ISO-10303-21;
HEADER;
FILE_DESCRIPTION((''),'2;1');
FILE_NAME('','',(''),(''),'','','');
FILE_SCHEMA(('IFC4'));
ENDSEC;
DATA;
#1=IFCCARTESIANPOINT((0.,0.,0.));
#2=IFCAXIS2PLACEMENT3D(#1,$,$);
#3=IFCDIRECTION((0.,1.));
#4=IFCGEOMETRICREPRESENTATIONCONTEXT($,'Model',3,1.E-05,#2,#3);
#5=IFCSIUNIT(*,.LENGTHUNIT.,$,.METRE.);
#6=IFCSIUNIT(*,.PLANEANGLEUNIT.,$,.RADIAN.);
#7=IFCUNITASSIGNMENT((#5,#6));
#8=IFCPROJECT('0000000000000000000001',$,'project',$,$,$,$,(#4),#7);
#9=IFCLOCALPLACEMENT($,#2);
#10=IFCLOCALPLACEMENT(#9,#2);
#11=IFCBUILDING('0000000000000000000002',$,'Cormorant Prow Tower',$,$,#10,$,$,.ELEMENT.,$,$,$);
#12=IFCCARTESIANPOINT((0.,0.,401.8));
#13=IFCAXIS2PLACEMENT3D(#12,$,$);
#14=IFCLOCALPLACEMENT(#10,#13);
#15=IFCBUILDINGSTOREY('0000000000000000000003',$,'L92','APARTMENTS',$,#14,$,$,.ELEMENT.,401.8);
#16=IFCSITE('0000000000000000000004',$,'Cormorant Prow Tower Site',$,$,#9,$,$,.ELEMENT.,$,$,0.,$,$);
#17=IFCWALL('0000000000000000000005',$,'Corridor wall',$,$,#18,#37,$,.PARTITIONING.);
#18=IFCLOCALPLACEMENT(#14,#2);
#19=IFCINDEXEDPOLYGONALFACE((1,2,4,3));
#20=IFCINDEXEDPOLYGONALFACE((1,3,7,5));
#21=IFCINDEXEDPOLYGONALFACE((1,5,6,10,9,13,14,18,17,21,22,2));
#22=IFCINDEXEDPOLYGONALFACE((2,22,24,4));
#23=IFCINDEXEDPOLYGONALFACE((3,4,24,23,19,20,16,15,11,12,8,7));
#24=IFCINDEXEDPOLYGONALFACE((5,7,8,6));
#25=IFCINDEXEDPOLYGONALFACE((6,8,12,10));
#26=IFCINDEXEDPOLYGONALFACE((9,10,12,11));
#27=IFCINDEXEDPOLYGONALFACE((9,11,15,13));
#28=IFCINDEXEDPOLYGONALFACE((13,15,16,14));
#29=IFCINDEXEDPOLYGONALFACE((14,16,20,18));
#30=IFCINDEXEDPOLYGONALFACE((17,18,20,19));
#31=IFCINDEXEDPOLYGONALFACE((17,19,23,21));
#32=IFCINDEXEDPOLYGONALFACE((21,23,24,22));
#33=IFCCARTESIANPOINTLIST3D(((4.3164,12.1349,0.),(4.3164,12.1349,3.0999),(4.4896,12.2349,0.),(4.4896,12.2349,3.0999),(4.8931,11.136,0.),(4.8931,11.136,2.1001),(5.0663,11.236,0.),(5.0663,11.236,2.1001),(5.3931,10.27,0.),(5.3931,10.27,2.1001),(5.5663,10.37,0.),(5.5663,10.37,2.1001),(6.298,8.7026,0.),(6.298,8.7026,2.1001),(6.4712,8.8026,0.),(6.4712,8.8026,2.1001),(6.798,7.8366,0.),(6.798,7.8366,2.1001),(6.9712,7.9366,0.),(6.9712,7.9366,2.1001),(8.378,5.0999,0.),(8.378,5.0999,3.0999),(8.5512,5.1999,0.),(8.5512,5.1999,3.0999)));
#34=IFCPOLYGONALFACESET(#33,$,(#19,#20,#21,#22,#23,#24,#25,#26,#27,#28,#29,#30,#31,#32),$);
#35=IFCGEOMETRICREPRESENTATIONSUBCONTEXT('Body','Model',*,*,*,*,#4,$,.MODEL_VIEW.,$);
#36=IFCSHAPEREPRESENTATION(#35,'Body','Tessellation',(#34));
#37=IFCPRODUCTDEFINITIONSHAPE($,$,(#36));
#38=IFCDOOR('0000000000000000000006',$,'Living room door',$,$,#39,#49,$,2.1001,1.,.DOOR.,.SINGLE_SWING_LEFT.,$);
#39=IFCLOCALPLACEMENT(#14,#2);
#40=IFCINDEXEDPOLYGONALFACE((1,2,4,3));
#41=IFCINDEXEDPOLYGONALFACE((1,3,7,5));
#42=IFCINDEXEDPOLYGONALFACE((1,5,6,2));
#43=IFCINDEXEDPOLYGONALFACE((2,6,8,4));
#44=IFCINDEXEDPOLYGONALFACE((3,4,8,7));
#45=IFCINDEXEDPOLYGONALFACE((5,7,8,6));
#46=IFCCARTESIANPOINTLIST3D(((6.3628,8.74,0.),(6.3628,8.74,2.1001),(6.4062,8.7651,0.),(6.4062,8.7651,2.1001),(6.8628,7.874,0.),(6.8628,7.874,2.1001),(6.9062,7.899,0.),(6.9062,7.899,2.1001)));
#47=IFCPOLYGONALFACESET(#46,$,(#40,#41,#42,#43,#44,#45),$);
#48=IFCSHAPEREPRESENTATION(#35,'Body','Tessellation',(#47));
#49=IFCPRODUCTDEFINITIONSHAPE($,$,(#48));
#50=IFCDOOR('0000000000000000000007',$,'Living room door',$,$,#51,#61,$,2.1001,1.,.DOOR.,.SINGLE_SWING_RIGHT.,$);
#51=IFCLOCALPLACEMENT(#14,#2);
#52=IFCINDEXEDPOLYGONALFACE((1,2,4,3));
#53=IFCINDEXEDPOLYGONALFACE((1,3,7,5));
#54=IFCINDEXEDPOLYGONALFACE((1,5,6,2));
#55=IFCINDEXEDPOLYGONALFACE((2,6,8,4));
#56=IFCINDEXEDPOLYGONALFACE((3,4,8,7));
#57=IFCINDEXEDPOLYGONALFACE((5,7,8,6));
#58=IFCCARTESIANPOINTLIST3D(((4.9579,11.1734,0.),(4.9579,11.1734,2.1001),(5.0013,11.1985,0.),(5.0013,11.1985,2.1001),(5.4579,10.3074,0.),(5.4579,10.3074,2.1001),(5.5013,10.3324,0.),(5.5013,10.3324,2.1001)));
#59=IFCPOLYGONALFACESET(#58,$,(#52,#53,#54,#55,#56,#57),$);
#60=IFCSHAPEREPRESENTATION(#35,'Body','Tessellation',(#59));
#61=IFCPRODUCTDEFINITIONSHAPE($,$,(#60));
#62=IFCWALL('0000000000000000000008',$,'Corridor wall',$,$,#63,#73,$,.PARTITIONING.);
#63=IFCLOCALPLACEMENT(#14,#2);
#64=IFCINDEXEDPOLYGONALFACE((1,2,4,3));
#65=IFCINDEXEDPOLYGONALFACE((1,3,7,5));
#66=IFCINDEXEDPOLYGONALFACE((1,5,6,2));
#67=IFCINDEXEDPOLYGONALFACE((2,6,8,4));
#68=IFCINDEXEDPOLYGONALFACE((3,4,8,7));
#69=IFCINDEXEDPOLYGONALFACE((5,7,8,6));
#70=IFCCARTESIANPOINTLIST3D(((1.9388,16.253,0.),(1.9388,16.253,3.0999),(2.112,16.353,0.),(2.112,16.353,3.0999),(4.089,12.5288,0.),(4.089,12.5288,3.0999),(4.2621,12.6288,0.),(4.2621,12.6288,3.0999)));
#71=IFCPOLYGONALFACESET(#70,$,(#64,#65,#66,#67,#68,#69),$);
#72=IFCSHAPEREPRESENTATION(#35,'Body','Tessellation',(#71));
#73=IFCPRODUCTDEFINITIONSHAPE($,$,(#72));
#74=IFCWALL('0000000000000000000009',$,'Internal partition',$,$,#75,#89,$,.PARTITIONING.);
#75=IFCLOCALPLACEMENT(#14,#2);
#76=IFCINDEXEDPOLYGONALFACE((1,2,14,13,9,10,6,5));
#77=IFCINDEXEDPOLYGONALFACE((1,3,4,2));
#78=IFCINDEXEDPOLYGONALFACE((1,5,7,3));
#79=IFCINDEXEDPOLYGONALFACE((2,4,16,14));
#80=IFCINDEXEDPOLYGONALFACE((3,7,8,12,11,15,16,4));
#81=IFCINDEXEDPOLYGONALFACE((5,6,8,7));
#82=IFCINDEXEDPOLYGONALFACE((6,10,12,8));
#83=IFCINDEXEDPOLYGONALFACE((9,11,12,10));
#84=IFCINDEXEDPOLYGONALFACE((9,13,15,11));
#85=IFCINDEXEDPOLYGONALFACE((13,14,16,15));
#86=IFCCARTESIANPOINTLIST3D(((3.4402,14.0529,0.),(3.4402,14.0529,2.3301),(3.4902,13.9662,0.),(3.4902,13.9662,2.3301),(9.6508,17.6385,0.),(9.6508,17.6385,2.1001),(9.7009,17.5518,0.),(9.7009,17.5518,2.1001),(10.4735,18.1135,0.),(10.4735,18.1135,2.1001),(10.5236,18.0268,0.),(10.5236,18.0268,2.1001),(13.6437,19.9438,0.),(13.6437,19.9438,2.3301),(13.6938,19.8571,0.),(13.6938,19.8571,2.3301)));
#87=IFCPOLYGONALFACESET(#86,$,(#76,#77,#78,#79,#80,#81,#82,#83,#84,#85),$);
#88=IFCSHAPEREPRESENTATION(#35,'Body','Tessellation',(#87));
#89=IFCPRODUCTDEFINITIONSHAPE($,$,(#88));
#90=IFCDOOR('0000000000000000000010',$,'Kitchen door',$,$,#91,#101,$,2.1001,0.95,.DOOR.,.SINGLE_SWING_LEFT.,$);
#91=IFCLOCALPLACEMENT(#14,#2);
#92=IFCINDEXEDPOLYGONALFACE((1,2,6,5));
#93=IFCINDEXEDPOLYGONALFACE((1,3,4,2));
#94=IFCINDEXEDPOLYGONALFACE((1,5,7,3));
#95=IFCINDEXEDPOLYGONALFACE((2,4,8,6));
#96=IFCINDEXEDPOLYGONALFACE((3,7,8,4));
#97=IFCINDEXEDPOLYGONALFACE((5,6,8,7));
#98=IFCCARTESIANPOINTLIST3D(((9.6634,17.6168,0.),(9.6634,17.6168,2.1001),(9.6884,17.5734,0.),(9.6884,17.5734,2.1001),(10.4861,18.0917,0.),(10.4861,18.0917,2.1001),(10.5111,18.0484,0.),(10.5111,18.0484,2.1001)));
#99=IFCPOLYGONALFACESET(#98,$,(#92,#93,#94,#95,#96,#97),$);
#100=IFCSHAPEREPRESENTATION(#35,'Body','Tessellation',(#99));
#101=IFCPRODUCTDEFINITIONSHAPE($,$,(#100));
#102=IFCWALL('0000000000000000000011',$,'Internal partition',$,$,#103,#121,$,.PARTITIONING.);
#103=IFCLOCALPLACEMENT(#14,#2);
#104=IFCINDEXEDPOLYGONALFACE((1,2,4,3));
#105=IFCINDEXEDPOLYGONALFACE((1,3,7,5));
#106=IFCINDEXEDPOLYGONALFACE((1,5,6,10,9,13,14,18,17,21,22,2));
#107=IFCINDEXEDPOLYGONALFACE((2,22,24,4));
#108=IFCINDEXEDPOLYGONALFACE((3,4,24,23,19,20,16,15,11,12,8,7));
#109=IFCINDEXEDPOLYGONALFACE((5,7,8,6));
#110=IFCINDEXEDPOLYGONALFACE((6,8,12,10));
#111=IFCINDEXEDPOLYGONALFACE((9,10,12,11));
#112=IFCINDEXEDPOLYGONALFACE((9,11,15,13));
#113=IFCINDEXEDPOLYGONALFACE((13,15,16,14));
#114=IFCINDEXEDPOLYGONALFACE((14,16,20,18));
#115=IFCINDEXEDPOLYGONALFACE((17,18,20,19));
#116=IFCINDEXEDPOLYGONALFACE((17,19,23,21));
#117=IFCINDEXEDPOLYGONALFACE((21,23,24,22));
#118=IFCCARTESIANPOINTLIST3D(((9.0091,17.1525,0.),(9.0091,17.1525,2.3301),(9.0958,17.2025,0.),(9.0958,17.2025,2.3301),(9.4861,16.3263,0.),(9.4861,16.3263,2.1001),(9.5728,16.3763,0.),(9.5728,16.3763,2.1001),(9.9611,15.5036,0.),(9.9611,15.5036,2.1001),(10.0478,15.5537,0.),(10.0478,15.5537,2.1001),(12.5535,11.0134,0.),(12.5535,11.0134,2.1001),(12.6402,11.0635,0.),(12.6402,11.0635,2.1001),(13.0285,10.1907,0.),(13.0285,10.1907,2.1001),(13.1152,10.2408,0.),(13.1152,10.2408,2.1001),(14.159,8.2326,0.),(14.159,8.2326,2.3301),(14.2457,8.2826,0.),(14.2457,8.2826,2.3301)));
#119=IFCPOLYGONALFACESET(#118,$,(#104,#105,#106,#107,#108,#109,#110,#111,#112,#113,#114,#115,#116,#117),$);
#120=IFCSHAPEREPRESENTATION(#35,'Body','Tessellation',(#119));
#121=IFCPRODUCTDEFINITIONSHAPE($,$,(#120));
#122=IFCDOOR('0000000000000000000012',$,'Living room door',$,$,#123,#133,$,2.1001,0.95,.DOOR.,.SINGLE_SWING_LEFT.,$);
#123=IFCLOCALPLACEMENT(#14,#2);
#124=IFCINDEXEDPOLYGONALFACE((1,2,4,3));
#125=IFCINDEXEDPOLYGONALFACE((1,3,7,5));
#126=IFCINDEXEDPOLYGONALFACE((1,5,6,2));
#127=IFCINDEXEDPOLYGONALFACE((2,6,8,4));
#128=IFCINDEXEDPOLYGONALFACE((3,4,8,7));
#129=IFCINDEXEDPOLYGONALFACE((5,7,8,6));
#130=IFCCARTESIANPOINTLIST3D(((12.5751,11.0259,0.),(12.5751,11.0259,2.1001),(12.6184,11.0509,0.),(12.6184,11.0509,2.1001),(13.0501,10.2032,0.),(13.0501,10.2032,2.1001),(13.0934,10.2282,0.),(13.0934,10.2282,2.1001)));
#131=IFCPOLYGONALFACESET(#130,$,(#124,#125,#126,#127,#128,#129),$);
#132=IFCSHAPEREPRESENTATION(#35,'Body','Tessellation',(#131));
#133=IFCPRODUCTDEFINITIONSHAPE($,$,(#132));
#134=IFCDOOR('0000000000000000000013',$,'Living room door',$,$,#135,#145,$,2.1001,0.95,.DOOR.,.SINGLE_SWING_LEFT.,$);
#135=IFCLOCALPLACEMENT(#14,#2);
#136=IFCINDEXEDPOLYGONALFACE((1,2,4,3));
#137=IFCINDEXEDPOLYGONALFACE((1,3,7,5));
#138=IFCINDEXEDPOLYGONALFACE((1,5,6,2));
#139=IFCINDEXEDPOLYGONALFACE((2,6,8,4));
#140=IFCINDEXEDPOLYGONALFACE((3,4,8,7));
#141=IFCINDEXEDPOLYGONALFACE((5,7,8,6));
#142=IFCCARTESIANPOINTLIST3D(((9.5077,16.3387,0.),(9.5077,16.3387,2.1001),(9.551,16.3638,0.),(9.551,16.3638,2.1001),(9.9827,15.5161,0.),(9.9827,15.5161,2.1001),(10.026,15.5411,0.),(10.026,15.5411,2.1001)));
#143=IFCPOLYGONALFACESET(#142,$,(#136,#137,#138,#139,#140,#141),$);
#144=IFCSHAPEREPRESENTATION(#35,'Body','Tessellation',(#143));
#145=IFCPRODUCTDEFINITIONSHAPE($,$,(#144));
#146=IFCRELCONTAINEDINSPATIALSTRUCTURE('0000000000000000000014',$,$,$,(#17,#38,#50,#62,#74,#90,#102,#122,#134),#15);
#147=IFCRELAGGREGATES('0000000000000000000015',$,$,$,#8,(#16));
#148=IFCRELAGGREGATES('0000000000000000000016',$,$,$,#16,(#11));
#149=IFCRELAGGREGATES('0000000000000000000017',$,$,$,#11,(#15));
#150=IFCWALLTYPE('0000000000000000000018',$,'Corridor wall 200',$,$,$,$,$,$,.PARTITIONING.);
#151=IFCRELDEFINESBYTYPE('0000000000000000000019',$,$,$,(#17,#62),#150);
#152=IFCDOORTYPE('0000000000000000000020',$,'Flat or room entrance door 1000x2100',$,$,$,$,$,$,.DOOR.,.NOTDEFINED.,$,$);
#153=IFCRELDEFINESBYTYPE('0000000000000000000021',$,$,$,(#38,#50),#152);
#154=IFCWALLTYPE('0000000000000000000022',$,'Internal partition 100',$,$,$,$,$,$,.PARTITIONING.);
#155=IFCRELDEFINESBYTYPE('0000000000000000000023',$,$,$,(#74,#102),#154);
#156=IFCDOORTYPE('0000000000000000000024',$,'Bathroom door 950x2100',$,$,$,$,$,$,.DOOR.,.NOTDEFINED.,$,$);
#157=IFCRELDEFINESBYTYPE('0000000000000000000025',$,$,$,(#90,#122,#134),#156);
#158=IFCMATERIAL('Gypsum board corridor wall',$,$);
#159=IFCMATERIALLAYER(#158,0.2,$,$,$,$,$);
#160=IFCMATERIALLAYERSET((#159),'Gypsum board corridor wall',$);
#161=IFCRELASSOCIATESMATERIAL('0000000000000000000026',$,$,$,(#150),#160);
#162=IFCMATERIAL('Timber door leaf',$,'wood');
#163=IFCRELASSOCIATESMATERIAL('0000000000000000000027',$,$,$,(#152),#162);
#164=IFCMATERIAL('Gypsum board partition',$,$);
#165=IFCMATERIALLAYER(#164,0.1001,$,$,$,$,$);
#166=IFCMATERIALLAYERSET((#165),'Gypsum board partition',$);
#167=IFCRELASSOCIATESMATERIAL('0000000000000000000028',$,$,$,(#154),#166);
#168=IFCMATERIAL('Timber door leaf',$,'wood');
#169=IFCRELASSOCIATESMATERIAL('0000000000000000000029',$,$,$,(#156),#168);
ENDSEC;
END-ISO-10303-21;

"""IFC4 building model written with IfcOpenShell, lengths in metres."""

from ifc_helpers import new_model, si_unit, direction, frame, frame_2d, origin, place, context, subcontext, project, spatial, rectangle, extrude, material, layer, layer_set, type_object, element, fill, save


model = new_model("IFC4")

# Units and contexts
model_context = context("Model", 3, precision=1e-05, world=origin(), true_north=direction((0.0, 1.0)))
body_context = subcontext(model_context, "Body", "Model", "MODEL_VIEW")
ifc_project = project(units=[si_unit("LENGTHUNIT", "METRE"), si_unit("PLANEANGLEUNIT", "RADIAN")], contexts=[model_context])

# Site, building, storey
site_placement = place(None, origin())
site = spatial("IfcSite", under=ifc_project, at=site_placement, Name="Cormorant Prow Tower Site", CompositionType="ELEMENT", RefElevation=0.0)
building_placement = place(site_placement, origin())
building = spatial("IfcBuilding", under=site, at=building_placement, Name="Cormorant Prow Tower", CompositionType="ELEMENT")
storey_placement = place(building_placement, frame((0.0, 0.0, 401.8)))
storey = spatial("IfcBuildingStorey", under=building, at=storey_placement, Name="L92", Description="APARTMENTS", CompositionType="ELEMENT", Elevation=401.8)

# Wall, openings, doors
ifc_material_1 = material(Name="Gypsum board corridor wall")
ifc_layer_1 = layer(ifc_material_1, 0.2)
ifc_layer_set_1 = layer_set([ifc_layer_1], Name="Gypsum board corridor wall")
wall_type_1 = type_object("IfcWallType", Name="Corridor wall 200", PredefinedType="PARTITIONING", material=ifc_layer_set_1)
wall_1_placement = place(storey_placement, frame((4.4031, 12.1848, 0.0), z_axis=(0.0, 0.0, 1.0), x_axis=(0.499992, -0.86603, 0.0)))
wall_1 = element("IfcWall", 1, at=wall_1_placement, inside=storey, type_object=wall_type_1, Name="Corridor wall", PredefinedType="PARTITIONING", context=body_context, shape_type="SweptSolid", body=[
    extrude(rectangle(XDim=8.1233, YDim=0.2, at=frame_2d((4.0615, 0.0))), origin(), (0.0, 0.0, 1.0), 3.0999),
])
opening_1_placement = place(wall_1_placement, frame((3.9631, 0.0, 0.0)))
opening_1 = element("IfcOpeningElement", 2, at=opening_1_placement, cuts=wall_1, PredefinedType="OPENING", context=body_context, shape_type="SweptSolid", body=[
    extrude(rectangle(XDim=1.0, YDim=2.1001, at=frame_2d((0.5, 1.05))), frame((0.0, 0.1099, 0.0), z_axis=(0.0, -1.0, 0.0), x_axis=(1.0, 0.0, 0.0)), (0.0, 0.0, 1.0), 0.22),
])
opening_2_placement = place(wall_1_placement, frame((1.1533, 0.0, 0.0)))
opening_2 = element("IfcOpeningElement", 3, at=opening_2_placement, cuts=wall_1, PredefinedType="OPENING", context=body_context, shape_type="SweptSolid", body=[
    extrude(rectangle(XDim=1.0, YDim=2.1001, at=frame_2d((0.5, 1.05))), frame((0.0, 0.1099, 0.0), z_axis=(0.0, -1.0, 0.0), x_axis=(1.0, 0.0, 0.0)), (0.0, 0.0, 1.0), 0.22),
])
ifc_material_2 = material(Name="Timber door leaf", Category="wood")
door_type_1 = type_object("IfcDoorType", Name="Flat or room entrance door 1000x2100", OperationType="NOTDEFINED", PredefinedType="DOOR", material=ifc_material_2)
door_1_placement = place(opening_1_placement, origin())
door_1 = element("IfcDoor", 4, at=door_1_placement, inside=storey, type_object=door_type_1, Name="Living room door", OperationType="SINGLE_SWING_LEFT", OverallHeight=2.1001, OverallWidth=1.0, PredefinedType="DOOR", context=body_context, shape_type="SweptSolid", body=[
    extrude(rectangle(XDim=1.0, YDim=2.1001, at=frame_2d((0.5, 1.05))), frame((0.0, 0.0249, 0.0), z_axis=(0.0, -1.0, 0.0), x_axis=(1.0, 0.0, 0.0)), (0.0, 0.0, 1.0), 0.05),
])
fill(opening_1, door_1)
door_2_placement = place(opening_2_placement, origin())
door_2 = element("IfcDoor", 5, at=door_2_placement, inside=storey, type_object=door_type_1, Name="Living room door", OperationType="SINGLE_SWING_RIGHT", OverallHeight=2.1001, OverallWidth=1.0, PredefinedType="DOOR", context=body_context, shape_type="SweptSolid", body=[
    extrude(rectangle(XDim=1.0, YDim=2.1001, at=frame_2d((0.5, 1.05))), frame((0.0, 0.0249, 0.0), z_axis=(0.0, -1.0, 0.0), x_axis=(1.0, 0.0, 0.0)), (0.0, 0.0, 1.0), 0.05),
])
fill(opening_2, door_2)

# Wall
wall_2_placement = place(storey_placement, frame((2.0254, 16.303, 0.0), z_axis=(0.0, 0.0, 1.0), x_axis=(0.500004, -0.866023, 0.0)))
element("IfcWall", 6, at=wall_2_placement, inside=storey, type_object=wall_type_1, Name="Corridor wall", PredefinedType="PARTITIONING", context=body_context, shape_type="SweptSolid", body=[
    extrude(rectangle(XDim=4.3003, YDim=0.2, at=frame_2d((2.1501, 0.0))), origin(), (0.0, 0.0, 1.0), 3.0999),
])

# Wall, opening, door
ifc_material_3 = material(Name="Gypsum board partition")
ifc_layer_2 = layer(ifc_material_3, 0.1001)
ifc_layer_set_2 = layer_set([ifc_layer_2], Name="Gypsum board partition")
wall_type_2 = type_object("IfcWallType", Name="Internal partition 100", PredefinedType="PARTITIONING", material=ifc_layer_set_2)
wall_3_placement = place(storey_placement, frame((3.4651, 14.0095, 0.0), z_axis=(0.0, 0.0, 1.0), x_axis=(0.866032, 0.499988, 0.0)))
wall_3 = element("IfcWall", 7, at=wall_3_placement, inside=storey, type_object=wall_type_2, Name="Internal partition", PredefinedType="PARTITIONING", context=body_context, shape_type="SweptSolid", body=[
    extrude(rectangle(XDim=11.782, YDim=0.1001, at=frame_2d((5.8911, 0.0))), origin(), (0.0, 0.0, 1.0), 2.3301),
])
opening_3_placement = place(wall_3_placement, frame((7.1714, 0.0, 0.0)))
opening_3 = element("IfcOpeningElement", 8, at=opening_3_placement, cuts=wall_3, PredefinedType="OPENING", context=body_context, shape_type="SweptSolid", body=[
    extrude(rectangle(XDim=0.95, YDim=2.1001, at=frame_2d((0.4751, 1.05))), frame((0.0, 0.0601, 0.0), z_axis=(0.0, -1.0, 0.0), x_axis=(1.0, 0.0, 0.0)), (0.0, 0.0, 1.0), 0.1201),
])
ifc_material_4 = material(Name="Timber door leaf", Category="wood")
door_type_2 = type_object("IfcDoorType", Name="Bathroom door 950x2100", OperationType="NOTDEFINED", PredefinedType="DOOR", material=ifc_material_4)
door_3_placement = place(opening_3_placement, origin())
door_3 = element("IfcDoor", 9, at=door_3_placement, inside=storey, type_object=door_type_2, Name="Kitchen door", OperationType="SINGLE_SWING_LEFT", OverallHeight=2.1001, OverallWidth=0.95, PredefinedType="DOOR", context=body_context, shape_type="SweptSolid", body=[
    extrude(rectangle(XDim=0.95, YDim=2.1001, at=frame_2d((0.4751, 1.05))), frame((0.0, 0.0249, 0.0), z_axis=(0.0, -1.0, 0.0), x_axis=(1.0, 0.0, 0.0)), (0.0, 0.0, 1.0), 0.05),
])
fill(opening_3, door_3)

# Wall, openings, doors
wall_4_placement = place(storey_placement, frame((9.0525, 17.1775, 0.0), z_axis=(0.0, 0.0, 1.0), x_axis=(0.499999, -0.866026, 0.0)))
wall_4 = element("IfcWall", 10, at=wall_4_placement, inside=storey, type_object=wall_type_2, Name="Internal partition", PredefinedType="PARTITIONING", context=body_context, shape_type="SweptSolid", body=[
    extrude(rectangle(XDim=10.2998, YDim=0.1001, at=frame_2d((5.1499, 0.0))), origin(), (0.0, 0.0, 1.0), 2.3301),
])
opening_4_placement = place(wall_4_placement, frame((7.0886, 0.0, 0.0)))
opening_4 = element("IfcOpeningElement", 11, at=opening_4_placement, cuts=wall_4, PredefinedType="OPENING", context=body_context, shape_type="SweptSolid", body=[
    extrude(rectangle(XDim=0.95, YDim=2.1001, at=frame_2d((0.4751, 1.05))), frame((0.0, 0.0601, 0.0), z_axis=(0.0, -1.0, 0.0), x_axis=(1.0, 0.0, 0.0)), (0.0, 0.0, 1.0), 0.1201),
])
opening_5_placement = place(wall_4_placement, frame((0.9539, 0.0, 0.0)))
opening_5 = element("IfcOpeningElement", 12, at=opening_5_placement, cuts=wall_4, PredefinedType="OPENING", context=body_context, shape_type="SweptSolid", body=[
    extrude(rectangle(XDim=0.95, YDim=2.1001, at=frame_2d((0.4751, 1.05))), frame((0.0, 0.0601, 0.0), z_axis=(0.0, -1.0, 0.0), x_axis=(1.0, 0.0, 0.0)), (0.0, 0.0, 1.0), 0.1201),
])
door_4_placement = place(opening_4_placement, origin())
door_4 = element("IfcDoor", 13, at=door_4_placement, inside=storey, type_object=door_type_2, Name="Living room door", OperationType="SINGLE_SWING_LEFT", OverallHeight=2.1001, OverallWidth=0.95, PredefinedType="DOOR", context=body_context, shape_type="SweptSolid", body=[
    extrude(rectangle(XDim=0.95, YDim=2.1001, at=frame_2d((0.4751, 1.05))), frame((0.0, 0.0249, 0.0), z_axis=(0.0, -1.0, 0.0), x_axis=(1.0, 0.0, 0.0)), (0.0, 0.0, 1.0), 0.05),
])
fill(opening_4, door_4)
door_5_placement = place(opening_5_placement, origin())
door_5 = element("IfcDoor", 14, at=door_5_placement, inside=storey, type_object=door_type_2, Name="Living room door", OperationType="SINGLE_SWING_LEFT", OverallHeight=2.1001, OverallWidth=0.95, PredefinedType="DOOR", context=body_context, shape_type="SweptSolid", body=[
    extrude(rectangle(XDim=0.95, YDim=2.1001, at=frame_2d((0.4751, 1.05))), frame((0.0, 0.0249, 0.0), z_axis=(0.0, -1.0, 0.0), x_axis=(1.0, 0.0, 0.0)), (0.0, 0.0, 1.0), 0.05),
])
fill(opening_5, door_5)

save(model, "model.ifc")
